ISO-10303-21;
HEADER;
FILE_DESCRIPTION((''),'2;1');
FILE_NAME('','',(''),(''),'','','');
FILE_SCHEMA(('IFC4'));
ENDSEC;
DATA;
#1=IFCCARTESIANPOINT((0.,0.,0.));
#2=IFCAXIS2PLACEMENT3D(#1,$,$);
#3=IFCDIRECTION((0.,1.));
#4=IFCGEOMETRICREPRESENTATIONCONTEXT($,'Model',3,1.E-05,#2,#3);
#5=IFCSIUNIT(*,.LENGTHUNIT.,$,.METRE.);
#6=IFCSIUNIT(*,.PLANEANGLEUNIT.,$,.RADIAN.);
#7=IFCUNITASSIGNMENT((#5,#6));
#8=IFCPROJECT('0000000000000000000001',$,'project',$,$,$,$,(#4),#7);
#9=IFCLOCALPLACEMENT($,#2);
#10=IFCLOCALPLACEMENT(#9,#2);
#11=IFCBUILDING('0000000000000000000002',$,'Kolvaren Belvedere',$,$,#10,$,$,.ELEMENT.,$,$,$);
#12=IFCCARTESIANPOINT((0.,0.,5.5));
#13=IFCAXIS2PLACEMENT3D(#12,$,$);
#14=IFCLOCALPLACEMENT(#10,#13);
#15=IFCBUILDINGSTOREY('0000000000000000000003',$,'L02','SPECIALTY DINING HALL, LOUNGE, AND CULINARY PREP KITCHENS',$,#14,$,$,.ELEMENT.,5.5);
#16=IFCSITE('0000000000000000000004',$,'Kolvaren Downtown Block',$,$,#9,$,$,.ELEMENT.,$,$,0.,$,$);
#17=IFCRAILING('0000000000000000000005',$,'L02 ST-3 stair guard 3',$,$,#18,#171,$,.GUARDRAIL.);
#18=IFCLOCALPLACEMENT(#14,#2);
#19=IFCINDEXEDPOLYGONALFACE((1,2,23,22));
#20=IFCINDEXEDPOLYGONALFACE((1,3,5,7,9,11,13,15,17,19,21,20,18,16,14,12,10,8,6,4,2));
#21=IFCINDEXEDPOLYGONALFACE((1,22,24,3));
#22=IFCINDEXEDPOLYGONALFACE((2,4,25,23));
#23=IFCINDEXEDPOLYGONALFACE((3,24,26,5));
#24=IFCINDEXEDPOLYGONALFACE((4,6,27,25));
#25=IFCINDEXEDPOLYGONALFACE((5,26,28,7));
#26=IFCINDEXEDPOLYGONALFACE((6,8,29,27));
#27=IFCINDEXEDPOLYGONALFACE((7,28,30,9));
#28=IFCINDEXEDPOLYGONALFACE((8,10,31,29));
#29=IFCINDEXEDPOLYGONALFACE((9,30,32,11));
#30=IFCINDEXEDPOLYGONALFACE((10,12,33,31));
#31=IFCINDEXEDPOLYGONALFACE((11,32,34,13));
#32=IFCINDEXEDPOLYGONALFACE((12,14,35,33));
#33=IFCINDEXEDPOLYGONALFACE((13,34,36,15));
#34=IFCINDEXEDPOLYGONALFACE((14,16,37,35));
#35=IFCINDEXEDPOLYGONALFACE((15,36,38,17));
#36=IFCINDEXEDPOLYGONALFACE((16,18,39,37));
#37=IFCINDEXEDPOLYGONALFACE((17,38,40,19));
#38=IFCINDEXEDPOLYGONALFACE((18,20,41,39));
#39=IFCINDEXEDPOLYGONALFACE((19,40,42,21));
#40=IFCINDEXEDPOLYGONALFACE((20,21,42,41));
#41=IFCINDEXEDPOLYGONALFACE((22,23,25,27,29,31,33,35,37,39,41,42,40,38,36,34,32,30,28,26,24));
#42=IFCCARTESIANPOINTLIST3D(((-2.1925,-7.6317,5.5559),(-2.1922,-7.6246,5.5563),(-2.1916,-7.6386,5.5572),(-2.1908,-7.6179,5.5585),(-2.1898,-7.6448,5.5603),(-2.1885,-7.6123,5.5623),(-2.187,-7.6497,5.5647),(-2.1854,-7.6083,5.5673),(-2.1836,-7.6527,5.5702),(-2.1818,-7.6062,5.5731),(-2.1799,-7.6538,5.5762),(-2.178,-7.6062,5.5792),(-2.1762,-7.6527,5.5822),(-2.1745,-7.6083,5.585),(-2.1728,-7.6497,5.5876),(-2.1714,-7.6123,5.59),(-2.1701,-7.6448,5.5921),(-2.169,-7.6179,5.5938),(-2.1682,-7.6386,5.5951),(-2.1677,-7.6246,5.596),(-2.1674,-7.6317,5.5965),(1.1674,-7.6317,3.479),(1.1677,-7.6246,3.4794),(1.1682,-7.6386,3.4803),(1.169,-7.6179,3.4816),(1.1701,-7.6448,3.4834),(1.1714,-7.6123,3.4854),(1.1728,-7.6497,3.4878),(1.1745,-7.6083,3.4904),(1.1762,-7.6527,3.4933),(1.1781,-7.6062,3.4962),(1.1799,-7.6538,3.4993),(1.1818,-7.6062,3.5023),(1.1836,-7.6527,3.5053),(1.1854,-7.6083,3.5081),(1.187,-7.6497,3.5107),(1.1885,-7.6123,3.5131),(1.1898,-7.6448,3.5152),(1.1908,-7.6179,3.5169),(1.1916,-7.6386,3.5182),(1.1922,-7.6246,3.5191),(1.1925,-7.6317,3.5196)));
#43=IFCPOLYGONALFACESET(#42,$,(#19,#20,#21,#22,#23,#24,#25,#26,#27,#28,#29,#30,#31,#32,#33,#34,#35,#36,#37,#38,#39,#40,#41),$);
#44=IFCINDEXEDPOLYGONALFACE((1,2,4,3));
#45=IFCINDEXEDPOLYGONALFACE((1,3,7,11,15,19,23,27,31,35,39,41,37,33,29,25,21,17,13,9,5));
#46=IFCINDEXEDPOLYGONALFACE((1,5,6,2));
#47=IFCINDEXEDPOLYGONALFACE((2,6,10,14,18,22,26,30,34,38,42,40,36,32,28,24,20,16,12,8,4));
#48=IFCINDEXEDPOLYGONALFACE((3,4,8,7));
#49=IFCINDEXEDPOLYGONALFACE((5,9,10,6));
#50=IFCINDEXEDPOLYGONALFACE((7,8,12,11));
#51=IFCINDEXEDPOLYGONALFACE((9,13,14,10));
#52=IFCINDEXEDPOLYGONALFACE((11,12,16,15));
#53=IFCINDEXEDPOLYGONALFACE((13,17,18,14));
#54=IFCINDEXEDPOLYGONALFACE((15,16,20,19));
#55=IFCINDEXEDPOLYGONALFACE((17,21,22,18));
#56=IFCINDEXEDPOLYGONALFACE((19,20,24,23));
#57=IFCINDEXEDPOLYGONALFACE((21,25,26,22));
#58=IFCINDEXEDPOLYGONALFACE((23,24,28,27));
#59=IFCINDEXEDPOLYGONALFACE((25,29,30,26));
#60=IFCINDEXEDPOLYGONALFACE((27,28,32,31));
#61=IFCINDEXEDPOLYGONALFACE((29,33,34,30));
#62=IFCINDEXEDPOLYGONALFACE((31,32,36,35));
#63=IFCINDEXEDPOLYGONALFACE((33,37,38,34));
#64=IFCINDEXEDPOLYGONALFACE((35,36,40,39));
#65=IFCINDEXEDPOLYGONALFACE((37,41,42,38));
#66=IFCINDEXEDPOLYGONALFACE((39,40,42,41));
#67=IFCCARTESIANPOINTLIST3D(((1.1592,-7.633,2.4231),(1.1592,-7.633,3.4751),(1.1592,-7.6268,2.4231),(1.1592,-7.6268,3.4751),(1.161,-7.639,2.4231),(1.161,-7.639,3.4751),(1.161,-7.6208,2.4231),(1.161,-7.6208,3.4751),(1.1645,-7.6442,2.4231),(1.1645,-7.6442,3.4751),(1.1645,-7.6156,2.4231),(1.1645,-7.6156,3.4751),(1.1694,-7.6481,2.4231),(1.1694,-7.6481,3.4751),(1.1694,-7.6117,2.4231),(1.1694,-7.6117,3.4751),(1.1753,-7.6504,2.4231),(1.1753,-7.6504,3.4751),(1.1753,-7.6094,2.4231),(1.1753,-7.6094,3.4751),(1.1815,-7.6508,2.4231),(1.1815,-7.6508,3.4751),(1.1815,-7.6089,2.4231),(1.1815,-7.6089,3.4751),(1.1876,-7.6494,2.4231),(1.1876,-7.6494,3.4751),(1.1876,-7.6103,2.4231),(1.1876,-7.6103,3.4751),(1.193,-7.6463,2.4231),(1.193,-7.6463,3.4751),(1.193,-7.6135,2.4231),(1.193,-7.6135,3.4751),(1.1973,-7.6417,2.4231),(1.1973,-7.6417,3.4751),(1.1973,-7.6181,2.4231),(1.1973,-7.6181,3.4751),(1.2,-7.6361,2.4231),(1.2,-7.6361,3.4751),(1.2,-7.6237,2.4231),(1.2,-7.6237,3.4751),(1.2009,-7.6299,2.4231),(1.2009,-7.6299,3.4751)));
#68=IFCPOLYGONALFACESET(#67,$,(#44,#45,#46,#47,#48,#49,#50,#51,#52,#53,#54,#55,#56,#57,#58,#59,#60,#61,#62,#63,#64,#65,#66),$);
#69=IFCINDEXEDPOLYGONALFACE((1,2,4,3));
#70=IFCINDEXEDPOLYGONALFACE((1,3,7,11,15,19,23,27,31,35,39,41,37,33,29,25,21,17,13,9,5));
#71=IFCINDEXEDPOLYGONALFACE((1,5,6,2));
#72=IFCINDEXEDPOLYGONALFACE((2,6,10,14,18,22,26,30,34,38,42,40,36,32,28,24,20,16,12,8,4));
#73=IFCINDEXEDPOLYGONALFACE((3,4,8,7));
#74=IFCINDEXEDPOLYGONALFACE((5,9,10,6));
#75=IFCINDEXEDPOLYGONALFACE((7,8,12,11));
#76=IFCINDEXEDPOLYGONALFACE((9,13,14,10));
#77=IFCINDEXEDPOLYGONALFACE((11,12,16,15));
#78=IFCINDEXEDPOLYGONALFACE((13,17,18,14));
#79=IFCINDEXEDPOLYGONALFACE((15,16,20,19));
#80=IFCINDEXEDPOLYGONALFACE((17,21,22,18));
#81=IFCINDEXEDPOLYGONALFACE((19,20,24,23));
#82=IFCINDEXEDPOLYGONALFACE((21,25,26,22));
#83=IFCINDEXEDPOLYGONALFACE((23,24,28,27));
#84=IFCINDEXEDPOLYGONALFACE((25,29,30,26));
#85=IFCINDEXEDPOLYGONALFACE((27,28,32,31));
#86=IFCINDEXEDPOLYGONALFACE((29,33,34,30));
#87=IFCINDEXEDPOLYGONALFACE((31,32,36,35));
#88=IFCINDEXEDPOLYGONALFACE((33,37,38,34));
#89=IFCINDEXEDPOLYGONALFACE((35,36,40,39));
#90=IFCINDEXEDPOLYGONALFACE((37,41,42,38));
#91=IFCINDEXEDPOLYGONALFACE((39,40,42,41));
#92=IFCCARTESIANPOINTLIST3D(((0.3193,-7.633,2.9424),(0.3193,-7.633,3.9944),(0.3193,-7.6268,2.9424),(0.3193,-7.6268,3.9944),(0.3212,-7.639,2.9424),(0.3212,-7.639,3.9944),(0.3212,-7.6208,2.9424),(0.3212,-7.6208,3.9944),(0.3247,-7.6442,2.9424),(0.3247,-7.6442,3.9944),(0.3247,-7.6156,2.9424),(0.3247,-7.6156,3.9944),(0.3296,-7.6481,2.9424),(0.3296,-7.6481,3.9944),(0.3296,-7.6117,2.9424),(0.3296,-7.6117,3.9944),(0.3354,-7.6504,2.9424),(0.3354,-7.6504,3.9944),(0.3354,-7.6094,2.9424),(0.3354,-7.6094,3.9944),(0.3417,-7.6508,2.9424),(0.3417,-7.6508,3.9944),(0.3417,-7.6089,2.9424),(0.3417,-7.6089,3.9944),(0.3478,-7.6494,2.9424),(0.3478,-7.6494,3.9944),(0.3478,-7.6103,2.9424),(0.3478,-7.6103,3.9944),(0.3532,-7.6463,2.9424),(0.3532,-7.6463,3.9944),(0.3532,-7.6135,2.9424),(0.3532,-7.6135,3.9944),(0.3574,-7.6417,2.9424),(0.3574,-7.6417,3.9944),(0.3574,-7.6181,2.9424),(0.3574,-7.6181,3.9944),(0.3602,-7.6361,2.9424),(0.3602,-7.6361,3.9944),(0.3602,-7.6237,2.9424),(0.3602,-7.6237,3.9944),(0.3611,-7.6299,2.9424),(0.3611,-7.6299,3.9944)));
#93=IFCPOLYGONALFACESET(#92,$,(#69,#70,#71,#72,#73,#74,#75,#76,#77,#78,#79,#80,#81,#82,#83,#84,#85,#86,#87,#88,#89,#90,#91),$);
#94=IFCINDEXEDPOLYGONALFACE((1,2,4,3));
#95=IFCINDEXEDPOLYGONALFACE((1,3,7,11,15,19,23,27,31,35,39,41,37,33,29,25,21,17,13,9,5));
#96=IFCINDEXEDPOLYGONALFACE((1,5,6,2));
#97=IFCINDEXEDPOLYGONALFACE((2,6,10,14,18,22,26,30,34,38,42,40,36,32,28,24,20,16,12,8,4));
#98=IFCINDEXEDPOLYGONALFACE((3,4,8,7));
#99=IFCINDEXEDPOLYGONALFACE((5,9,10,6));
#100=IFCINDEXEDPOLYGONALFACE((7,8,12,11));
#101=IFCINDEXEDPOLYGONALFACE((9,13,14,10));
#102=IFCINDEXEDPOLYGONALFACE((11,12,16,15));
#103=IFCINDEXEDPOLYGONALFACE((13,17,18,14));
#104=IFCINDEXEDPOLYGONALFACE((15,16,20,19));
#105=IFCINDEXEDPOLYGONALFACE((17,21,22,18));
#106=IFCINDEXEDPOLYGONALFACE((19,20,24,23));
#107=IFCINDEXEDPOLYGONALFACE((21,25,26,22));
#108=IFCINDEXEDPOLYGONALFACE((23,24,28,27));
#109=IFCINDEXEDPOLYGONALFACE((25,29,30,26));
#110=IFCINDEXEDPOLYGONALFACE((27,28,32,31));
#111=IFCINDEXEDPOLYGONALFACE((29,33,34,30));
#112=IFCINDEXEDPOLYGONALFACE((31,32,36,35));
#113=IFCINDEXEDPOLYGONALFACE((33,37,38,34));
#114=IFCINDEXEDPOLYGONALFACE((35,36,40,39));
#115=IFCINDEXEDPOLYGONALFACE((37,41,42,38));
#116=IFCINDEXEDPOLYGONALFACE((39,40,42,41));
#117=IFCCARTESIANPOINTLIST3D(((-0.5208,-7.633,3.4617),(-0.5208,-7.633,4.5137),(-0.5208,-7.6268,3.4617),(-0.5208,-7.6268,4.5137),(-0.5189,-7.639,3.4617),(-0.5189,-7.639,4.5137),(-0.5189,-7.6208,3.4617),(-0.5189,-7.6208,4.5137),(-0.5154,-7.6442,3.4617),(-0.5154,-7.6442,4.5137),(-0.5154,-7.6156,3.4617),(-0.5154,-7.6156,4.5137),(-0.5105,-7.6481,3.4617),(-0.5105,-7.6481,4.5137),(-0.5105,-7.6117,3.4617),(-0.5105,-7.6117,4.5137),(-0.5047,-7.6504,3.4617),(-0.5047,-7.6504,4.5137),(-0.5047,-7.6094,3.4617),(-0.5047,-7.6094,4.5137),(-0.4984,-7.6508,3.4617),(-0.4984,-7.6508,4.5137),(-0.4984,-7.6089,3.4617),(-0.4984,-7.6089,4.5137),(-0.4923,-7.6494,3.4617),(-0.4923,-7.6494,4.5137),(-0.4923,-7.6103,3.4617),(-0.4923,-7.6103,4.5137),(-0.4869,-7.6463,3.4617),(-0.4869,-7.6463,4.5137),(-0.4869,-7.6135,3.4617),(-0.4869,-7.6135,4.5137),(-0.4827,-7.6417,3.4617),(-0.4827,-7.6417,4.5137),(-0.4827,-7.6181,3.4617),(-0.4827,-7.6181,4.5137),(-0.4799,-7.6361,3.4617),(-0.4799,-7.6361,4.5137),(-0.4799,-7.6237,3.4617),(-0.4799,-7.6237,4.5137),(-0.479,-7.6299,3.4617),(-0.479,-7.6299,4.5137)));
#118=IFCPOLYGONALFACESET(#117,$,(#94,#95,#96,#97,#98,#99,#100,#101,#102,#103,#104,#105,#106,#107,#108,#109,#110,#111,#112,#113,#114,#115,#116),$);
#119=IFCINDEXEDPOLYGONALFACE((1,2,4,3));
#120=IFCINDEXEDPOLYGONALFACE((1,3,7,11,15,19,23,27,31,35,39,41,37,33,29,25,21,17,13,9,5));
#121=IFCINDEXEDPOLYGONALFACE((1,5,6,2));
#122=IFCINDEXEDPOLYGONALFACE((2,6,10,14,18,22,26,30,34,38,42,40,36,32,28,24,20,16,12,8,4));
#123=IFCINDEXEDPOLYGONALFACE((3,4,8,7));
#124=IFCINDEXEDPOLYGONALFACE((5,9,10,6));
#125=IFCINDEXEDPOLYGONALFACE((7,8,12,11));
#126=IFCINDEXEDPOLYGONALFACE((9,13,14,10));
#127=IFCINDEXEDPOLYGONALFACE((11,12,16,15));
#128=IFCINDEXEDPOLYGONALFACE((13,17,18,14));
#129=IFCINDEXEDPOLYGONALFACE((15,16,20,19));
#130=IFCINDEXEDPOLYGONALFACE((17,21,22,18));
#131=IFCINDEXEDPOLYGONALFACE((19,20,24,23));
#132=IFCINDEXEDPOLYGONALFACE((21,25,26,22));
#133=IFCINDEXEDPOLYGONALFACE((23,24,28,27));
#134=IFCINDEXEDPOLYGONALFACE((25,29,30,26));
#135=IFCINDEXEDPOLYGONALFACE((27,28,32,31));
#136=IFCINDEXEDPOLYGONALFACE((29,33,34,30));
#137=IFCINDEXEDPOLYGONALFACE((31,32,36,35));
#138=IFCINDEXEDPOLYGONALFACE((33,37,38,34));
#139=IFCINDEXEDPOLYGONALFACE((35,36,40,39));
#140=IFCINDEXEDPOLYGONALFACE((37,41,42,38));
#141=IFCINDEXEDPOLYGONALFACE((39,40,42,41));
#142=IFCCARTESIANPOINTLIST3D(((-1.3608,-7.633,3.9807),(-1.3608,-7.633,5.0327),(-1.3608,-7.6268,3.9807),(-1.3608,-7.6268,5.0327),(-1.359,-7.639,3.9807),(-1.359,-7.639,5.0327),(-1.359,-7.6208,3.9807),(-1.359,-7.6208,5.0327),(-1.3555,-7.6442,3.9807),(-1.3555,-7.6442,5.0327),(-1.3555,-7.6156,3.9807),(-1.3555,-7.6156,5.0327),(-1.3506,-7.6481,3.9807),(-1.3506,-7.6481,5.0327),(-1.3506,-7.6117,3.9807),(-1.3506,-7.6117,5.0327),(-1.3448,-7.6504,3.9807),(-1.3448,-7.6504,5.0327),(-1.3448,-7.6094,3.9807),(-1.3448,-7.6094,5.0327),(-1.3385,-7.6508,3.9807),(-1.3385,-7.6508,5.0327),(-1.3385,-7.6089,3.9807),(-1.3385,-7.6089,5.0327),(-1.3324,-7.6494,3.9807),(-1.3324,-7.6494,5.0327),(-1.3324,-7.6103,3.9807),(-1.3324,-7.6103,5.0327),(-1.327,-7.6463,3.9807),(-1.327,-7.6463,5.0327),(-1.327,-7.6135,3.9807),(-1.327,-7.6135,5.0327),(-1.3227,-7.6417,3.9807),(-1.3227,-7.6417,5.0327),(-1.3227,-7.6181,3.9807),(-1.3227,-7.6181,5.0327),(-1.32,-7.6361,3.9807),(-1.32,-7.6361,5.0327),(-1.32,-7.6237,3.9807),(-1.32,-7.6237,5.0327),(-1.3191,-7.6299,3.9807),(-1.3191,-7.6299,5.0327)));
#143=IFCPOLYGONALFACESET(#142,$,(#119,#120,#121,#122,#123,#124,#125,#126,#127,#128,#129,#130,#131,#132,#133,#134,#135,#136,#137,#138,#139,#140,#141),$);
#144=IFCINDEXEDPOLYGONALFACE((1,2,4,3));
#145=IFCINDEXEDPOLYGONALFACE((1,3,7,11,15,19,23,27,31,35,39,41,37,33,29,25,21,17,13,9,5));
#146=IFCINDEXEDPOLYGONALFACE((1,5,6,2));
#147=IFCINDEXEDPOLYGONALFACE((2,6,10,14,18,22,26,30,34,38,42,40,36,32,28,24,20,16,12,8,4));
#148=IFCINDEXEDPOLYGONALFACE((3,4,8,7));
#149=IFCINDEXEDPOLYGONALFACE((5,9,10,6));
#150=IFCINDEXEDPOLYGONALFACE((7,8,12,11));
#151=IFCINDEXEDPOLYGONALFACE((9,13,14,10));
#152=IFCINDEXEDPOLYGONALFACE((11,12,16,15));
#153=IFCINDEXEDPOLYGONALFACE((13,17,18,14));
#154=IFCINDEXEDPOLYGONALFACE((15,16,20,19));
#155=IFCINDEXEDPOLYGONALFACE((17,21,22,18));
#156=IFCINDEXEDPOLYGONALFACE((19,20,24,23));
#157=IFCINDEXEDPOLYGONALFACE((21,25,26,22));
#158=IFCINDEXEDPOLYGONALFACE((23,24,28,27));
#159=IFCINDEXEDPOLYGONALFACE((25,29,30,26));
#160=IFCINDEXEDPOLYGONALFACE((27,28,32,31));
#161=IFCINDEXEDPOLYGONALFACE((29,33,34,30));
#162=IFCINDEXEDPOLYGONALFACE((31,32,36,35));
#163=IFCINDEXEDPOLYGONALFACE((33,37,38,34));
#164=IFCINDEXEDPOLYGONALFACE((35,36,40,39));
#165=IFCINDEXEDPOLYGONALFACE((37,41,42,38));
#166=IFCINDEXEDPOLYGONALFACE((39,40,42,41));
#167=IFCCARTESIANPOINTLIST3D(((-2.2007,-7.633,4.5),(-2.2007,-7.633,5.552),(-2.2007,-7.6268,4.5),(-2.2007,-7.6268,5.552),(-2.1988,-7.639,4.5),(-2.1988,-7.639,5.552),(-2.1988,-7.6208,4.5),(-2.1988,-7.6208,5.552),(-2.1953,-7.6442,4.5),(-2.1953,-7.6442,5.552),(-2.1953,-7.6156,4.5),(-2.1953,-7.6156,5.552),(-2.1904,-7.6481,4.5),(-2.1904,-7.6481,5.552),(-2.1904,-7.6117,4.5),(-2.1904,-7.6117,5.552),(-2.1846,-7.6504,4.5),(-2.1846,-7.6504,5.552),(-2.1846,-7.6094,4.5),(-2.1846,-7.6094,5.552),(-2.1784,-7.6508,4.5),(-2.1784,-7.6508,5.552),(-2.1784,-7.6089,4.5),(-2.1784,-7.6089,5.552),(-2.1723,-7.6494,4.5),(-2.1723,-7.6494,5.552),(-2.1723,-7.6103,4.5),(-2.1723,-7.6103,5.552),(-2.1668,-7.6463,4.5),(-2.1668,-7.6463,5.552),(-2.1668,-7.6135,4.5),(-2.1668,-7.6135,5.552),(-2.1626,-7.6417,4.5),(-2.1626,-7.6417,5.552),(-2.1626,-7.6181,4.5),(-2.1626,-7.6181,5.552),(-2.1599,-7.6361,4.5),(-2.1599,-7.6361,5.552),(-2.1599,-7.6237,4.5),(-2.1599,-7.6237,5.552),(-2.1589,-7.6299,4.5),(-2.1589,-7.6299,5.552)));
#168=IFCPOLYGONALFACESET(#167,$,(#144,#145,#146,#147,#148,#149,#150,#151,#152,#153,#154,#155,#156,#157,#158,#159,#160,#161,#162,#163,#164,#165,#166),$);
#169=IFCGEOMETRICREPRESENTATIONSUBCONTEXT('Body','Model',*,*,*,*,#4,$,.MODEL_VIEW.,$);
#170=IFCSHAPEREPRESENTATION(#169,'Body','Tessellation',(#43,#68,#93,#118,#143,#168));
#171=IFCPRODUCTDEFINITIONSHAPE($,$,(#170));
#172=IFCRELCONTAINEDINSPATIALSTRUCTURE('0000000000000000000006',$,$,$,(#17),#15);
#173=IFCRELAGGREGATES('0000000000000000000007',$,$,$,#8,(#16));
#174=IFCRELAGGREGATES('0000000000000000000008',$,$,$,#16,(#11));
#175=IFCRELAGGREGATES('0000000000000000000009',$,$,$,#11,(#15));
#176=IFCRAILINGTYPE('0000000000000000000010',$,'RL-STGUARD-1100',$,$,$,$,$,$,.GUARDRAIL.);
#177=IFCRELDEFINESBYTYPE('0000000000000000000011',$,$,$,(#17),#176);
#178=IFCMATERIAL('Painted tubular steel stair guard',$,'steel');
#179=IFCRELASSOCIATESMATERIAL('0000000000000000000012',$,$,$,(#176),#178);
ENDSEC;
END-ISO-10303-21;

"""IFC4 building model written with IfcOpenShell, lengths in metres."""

from ifc_helpers import new_model, si_unit, direction, frame, origin, origin_2d, place, context, subcontext, project, spatial, circle, extrude, material, type_object, element, save


model = new_model("IFC4")

# Units and contexts
model_context = context("Model", 3, precision=1e-05, world=origin(), true_north=direction((0.0, 1.0)))
body_context = subcontext(model_context, "Body", "Model", "MODEL_VIEW")
ifc_project = project(units=[si_unit("LENGTHUNIT", "METRE"), si_unit("PLANEANGLEUNIT", "RADIAN")], contexts=[model_context])

# Site, building, storey
site_placement = place(None, origin())
site = spatial("IfcSite", under=ifc_project, at=site_placement, Name="Kolvaren Downtown Block", CompositionType="ELEMENT", RefElevation=0.0)
building_placement = place(site_placement, origin())
building = spatial("IfcBuilding", under=site, at=building_placement, Name="Kolvaren Belvedere", CompositionType="ELEMENT")
storey_placement = place(building_placement, frame((0.0, 0.0, 5.5)))
storey = spatial("IfcBuildingStorey", under=building, at=storey_placement, Name="L02", Description="SPECIALTY DINING HALL, LOUNGE, AND CULINARY PREP KITCHENS", CompositionType="ELEMENT", Elevation=5.5)

# Railing
ifc_material_1 = material(Name="Painted tubular steel stair guard", Category="steel")
railing_type_1 = type_object("IfcRailingType", Name="RL-STGUARD-1100", PredefinedType="GUARDRAIL", material=ifc_material_1)
railing_1_placement = place(storey_placement, frame((1.1799, -7.6299, 2.4231)))
element("IfcRailing", 1, at=railing_1_placement, inside=storey, type_object=railing_type_1, Name="L02 ST-3 stair guard 3", PredefinedType="GUARDRAIL", context=body_context, shape_type="SweptSolid", body=[
    extrude(circle(Radius=0.0239, at=origin_2d()), frame((0.0, 0.0, 1.0762), z_axis=(-0.850606, 0.0, 0.525803), x_axis=(0.0, -1.0, 0.0)), (0.0, 0.0, 1.0), 3.95),
    extrude(circle(Radius=0.021, at=origin_2d()), origin(), (0.0, 0.0, 1.0), 1.052),
    extrude(circle(Radius=0.021, at=origin_2d()), frame((-0.8398, 0.0, 0.5193)), (0.0, 0.0, 1.0), 1.052),
    extrude(circle(Radius=0.021, at=origin_2d()), frame((-1.6799, 0.0, 1.0386)), (0.0, 0.0, 1.0), 1.052),
    extrude(circle(Radius=0.021, at=origin_2d()), frame((-2.52, 0.0, 1.5576)), (0.0, 0.0, 1.0), 1.052),
    extrude(circle(Radius=0.021, at=origin_2d()), frame((-3.3599, 0.0, 2.0769)), (0.0, 0.0, 1.0), 1.052),
])

save(model, "model.ifc")
